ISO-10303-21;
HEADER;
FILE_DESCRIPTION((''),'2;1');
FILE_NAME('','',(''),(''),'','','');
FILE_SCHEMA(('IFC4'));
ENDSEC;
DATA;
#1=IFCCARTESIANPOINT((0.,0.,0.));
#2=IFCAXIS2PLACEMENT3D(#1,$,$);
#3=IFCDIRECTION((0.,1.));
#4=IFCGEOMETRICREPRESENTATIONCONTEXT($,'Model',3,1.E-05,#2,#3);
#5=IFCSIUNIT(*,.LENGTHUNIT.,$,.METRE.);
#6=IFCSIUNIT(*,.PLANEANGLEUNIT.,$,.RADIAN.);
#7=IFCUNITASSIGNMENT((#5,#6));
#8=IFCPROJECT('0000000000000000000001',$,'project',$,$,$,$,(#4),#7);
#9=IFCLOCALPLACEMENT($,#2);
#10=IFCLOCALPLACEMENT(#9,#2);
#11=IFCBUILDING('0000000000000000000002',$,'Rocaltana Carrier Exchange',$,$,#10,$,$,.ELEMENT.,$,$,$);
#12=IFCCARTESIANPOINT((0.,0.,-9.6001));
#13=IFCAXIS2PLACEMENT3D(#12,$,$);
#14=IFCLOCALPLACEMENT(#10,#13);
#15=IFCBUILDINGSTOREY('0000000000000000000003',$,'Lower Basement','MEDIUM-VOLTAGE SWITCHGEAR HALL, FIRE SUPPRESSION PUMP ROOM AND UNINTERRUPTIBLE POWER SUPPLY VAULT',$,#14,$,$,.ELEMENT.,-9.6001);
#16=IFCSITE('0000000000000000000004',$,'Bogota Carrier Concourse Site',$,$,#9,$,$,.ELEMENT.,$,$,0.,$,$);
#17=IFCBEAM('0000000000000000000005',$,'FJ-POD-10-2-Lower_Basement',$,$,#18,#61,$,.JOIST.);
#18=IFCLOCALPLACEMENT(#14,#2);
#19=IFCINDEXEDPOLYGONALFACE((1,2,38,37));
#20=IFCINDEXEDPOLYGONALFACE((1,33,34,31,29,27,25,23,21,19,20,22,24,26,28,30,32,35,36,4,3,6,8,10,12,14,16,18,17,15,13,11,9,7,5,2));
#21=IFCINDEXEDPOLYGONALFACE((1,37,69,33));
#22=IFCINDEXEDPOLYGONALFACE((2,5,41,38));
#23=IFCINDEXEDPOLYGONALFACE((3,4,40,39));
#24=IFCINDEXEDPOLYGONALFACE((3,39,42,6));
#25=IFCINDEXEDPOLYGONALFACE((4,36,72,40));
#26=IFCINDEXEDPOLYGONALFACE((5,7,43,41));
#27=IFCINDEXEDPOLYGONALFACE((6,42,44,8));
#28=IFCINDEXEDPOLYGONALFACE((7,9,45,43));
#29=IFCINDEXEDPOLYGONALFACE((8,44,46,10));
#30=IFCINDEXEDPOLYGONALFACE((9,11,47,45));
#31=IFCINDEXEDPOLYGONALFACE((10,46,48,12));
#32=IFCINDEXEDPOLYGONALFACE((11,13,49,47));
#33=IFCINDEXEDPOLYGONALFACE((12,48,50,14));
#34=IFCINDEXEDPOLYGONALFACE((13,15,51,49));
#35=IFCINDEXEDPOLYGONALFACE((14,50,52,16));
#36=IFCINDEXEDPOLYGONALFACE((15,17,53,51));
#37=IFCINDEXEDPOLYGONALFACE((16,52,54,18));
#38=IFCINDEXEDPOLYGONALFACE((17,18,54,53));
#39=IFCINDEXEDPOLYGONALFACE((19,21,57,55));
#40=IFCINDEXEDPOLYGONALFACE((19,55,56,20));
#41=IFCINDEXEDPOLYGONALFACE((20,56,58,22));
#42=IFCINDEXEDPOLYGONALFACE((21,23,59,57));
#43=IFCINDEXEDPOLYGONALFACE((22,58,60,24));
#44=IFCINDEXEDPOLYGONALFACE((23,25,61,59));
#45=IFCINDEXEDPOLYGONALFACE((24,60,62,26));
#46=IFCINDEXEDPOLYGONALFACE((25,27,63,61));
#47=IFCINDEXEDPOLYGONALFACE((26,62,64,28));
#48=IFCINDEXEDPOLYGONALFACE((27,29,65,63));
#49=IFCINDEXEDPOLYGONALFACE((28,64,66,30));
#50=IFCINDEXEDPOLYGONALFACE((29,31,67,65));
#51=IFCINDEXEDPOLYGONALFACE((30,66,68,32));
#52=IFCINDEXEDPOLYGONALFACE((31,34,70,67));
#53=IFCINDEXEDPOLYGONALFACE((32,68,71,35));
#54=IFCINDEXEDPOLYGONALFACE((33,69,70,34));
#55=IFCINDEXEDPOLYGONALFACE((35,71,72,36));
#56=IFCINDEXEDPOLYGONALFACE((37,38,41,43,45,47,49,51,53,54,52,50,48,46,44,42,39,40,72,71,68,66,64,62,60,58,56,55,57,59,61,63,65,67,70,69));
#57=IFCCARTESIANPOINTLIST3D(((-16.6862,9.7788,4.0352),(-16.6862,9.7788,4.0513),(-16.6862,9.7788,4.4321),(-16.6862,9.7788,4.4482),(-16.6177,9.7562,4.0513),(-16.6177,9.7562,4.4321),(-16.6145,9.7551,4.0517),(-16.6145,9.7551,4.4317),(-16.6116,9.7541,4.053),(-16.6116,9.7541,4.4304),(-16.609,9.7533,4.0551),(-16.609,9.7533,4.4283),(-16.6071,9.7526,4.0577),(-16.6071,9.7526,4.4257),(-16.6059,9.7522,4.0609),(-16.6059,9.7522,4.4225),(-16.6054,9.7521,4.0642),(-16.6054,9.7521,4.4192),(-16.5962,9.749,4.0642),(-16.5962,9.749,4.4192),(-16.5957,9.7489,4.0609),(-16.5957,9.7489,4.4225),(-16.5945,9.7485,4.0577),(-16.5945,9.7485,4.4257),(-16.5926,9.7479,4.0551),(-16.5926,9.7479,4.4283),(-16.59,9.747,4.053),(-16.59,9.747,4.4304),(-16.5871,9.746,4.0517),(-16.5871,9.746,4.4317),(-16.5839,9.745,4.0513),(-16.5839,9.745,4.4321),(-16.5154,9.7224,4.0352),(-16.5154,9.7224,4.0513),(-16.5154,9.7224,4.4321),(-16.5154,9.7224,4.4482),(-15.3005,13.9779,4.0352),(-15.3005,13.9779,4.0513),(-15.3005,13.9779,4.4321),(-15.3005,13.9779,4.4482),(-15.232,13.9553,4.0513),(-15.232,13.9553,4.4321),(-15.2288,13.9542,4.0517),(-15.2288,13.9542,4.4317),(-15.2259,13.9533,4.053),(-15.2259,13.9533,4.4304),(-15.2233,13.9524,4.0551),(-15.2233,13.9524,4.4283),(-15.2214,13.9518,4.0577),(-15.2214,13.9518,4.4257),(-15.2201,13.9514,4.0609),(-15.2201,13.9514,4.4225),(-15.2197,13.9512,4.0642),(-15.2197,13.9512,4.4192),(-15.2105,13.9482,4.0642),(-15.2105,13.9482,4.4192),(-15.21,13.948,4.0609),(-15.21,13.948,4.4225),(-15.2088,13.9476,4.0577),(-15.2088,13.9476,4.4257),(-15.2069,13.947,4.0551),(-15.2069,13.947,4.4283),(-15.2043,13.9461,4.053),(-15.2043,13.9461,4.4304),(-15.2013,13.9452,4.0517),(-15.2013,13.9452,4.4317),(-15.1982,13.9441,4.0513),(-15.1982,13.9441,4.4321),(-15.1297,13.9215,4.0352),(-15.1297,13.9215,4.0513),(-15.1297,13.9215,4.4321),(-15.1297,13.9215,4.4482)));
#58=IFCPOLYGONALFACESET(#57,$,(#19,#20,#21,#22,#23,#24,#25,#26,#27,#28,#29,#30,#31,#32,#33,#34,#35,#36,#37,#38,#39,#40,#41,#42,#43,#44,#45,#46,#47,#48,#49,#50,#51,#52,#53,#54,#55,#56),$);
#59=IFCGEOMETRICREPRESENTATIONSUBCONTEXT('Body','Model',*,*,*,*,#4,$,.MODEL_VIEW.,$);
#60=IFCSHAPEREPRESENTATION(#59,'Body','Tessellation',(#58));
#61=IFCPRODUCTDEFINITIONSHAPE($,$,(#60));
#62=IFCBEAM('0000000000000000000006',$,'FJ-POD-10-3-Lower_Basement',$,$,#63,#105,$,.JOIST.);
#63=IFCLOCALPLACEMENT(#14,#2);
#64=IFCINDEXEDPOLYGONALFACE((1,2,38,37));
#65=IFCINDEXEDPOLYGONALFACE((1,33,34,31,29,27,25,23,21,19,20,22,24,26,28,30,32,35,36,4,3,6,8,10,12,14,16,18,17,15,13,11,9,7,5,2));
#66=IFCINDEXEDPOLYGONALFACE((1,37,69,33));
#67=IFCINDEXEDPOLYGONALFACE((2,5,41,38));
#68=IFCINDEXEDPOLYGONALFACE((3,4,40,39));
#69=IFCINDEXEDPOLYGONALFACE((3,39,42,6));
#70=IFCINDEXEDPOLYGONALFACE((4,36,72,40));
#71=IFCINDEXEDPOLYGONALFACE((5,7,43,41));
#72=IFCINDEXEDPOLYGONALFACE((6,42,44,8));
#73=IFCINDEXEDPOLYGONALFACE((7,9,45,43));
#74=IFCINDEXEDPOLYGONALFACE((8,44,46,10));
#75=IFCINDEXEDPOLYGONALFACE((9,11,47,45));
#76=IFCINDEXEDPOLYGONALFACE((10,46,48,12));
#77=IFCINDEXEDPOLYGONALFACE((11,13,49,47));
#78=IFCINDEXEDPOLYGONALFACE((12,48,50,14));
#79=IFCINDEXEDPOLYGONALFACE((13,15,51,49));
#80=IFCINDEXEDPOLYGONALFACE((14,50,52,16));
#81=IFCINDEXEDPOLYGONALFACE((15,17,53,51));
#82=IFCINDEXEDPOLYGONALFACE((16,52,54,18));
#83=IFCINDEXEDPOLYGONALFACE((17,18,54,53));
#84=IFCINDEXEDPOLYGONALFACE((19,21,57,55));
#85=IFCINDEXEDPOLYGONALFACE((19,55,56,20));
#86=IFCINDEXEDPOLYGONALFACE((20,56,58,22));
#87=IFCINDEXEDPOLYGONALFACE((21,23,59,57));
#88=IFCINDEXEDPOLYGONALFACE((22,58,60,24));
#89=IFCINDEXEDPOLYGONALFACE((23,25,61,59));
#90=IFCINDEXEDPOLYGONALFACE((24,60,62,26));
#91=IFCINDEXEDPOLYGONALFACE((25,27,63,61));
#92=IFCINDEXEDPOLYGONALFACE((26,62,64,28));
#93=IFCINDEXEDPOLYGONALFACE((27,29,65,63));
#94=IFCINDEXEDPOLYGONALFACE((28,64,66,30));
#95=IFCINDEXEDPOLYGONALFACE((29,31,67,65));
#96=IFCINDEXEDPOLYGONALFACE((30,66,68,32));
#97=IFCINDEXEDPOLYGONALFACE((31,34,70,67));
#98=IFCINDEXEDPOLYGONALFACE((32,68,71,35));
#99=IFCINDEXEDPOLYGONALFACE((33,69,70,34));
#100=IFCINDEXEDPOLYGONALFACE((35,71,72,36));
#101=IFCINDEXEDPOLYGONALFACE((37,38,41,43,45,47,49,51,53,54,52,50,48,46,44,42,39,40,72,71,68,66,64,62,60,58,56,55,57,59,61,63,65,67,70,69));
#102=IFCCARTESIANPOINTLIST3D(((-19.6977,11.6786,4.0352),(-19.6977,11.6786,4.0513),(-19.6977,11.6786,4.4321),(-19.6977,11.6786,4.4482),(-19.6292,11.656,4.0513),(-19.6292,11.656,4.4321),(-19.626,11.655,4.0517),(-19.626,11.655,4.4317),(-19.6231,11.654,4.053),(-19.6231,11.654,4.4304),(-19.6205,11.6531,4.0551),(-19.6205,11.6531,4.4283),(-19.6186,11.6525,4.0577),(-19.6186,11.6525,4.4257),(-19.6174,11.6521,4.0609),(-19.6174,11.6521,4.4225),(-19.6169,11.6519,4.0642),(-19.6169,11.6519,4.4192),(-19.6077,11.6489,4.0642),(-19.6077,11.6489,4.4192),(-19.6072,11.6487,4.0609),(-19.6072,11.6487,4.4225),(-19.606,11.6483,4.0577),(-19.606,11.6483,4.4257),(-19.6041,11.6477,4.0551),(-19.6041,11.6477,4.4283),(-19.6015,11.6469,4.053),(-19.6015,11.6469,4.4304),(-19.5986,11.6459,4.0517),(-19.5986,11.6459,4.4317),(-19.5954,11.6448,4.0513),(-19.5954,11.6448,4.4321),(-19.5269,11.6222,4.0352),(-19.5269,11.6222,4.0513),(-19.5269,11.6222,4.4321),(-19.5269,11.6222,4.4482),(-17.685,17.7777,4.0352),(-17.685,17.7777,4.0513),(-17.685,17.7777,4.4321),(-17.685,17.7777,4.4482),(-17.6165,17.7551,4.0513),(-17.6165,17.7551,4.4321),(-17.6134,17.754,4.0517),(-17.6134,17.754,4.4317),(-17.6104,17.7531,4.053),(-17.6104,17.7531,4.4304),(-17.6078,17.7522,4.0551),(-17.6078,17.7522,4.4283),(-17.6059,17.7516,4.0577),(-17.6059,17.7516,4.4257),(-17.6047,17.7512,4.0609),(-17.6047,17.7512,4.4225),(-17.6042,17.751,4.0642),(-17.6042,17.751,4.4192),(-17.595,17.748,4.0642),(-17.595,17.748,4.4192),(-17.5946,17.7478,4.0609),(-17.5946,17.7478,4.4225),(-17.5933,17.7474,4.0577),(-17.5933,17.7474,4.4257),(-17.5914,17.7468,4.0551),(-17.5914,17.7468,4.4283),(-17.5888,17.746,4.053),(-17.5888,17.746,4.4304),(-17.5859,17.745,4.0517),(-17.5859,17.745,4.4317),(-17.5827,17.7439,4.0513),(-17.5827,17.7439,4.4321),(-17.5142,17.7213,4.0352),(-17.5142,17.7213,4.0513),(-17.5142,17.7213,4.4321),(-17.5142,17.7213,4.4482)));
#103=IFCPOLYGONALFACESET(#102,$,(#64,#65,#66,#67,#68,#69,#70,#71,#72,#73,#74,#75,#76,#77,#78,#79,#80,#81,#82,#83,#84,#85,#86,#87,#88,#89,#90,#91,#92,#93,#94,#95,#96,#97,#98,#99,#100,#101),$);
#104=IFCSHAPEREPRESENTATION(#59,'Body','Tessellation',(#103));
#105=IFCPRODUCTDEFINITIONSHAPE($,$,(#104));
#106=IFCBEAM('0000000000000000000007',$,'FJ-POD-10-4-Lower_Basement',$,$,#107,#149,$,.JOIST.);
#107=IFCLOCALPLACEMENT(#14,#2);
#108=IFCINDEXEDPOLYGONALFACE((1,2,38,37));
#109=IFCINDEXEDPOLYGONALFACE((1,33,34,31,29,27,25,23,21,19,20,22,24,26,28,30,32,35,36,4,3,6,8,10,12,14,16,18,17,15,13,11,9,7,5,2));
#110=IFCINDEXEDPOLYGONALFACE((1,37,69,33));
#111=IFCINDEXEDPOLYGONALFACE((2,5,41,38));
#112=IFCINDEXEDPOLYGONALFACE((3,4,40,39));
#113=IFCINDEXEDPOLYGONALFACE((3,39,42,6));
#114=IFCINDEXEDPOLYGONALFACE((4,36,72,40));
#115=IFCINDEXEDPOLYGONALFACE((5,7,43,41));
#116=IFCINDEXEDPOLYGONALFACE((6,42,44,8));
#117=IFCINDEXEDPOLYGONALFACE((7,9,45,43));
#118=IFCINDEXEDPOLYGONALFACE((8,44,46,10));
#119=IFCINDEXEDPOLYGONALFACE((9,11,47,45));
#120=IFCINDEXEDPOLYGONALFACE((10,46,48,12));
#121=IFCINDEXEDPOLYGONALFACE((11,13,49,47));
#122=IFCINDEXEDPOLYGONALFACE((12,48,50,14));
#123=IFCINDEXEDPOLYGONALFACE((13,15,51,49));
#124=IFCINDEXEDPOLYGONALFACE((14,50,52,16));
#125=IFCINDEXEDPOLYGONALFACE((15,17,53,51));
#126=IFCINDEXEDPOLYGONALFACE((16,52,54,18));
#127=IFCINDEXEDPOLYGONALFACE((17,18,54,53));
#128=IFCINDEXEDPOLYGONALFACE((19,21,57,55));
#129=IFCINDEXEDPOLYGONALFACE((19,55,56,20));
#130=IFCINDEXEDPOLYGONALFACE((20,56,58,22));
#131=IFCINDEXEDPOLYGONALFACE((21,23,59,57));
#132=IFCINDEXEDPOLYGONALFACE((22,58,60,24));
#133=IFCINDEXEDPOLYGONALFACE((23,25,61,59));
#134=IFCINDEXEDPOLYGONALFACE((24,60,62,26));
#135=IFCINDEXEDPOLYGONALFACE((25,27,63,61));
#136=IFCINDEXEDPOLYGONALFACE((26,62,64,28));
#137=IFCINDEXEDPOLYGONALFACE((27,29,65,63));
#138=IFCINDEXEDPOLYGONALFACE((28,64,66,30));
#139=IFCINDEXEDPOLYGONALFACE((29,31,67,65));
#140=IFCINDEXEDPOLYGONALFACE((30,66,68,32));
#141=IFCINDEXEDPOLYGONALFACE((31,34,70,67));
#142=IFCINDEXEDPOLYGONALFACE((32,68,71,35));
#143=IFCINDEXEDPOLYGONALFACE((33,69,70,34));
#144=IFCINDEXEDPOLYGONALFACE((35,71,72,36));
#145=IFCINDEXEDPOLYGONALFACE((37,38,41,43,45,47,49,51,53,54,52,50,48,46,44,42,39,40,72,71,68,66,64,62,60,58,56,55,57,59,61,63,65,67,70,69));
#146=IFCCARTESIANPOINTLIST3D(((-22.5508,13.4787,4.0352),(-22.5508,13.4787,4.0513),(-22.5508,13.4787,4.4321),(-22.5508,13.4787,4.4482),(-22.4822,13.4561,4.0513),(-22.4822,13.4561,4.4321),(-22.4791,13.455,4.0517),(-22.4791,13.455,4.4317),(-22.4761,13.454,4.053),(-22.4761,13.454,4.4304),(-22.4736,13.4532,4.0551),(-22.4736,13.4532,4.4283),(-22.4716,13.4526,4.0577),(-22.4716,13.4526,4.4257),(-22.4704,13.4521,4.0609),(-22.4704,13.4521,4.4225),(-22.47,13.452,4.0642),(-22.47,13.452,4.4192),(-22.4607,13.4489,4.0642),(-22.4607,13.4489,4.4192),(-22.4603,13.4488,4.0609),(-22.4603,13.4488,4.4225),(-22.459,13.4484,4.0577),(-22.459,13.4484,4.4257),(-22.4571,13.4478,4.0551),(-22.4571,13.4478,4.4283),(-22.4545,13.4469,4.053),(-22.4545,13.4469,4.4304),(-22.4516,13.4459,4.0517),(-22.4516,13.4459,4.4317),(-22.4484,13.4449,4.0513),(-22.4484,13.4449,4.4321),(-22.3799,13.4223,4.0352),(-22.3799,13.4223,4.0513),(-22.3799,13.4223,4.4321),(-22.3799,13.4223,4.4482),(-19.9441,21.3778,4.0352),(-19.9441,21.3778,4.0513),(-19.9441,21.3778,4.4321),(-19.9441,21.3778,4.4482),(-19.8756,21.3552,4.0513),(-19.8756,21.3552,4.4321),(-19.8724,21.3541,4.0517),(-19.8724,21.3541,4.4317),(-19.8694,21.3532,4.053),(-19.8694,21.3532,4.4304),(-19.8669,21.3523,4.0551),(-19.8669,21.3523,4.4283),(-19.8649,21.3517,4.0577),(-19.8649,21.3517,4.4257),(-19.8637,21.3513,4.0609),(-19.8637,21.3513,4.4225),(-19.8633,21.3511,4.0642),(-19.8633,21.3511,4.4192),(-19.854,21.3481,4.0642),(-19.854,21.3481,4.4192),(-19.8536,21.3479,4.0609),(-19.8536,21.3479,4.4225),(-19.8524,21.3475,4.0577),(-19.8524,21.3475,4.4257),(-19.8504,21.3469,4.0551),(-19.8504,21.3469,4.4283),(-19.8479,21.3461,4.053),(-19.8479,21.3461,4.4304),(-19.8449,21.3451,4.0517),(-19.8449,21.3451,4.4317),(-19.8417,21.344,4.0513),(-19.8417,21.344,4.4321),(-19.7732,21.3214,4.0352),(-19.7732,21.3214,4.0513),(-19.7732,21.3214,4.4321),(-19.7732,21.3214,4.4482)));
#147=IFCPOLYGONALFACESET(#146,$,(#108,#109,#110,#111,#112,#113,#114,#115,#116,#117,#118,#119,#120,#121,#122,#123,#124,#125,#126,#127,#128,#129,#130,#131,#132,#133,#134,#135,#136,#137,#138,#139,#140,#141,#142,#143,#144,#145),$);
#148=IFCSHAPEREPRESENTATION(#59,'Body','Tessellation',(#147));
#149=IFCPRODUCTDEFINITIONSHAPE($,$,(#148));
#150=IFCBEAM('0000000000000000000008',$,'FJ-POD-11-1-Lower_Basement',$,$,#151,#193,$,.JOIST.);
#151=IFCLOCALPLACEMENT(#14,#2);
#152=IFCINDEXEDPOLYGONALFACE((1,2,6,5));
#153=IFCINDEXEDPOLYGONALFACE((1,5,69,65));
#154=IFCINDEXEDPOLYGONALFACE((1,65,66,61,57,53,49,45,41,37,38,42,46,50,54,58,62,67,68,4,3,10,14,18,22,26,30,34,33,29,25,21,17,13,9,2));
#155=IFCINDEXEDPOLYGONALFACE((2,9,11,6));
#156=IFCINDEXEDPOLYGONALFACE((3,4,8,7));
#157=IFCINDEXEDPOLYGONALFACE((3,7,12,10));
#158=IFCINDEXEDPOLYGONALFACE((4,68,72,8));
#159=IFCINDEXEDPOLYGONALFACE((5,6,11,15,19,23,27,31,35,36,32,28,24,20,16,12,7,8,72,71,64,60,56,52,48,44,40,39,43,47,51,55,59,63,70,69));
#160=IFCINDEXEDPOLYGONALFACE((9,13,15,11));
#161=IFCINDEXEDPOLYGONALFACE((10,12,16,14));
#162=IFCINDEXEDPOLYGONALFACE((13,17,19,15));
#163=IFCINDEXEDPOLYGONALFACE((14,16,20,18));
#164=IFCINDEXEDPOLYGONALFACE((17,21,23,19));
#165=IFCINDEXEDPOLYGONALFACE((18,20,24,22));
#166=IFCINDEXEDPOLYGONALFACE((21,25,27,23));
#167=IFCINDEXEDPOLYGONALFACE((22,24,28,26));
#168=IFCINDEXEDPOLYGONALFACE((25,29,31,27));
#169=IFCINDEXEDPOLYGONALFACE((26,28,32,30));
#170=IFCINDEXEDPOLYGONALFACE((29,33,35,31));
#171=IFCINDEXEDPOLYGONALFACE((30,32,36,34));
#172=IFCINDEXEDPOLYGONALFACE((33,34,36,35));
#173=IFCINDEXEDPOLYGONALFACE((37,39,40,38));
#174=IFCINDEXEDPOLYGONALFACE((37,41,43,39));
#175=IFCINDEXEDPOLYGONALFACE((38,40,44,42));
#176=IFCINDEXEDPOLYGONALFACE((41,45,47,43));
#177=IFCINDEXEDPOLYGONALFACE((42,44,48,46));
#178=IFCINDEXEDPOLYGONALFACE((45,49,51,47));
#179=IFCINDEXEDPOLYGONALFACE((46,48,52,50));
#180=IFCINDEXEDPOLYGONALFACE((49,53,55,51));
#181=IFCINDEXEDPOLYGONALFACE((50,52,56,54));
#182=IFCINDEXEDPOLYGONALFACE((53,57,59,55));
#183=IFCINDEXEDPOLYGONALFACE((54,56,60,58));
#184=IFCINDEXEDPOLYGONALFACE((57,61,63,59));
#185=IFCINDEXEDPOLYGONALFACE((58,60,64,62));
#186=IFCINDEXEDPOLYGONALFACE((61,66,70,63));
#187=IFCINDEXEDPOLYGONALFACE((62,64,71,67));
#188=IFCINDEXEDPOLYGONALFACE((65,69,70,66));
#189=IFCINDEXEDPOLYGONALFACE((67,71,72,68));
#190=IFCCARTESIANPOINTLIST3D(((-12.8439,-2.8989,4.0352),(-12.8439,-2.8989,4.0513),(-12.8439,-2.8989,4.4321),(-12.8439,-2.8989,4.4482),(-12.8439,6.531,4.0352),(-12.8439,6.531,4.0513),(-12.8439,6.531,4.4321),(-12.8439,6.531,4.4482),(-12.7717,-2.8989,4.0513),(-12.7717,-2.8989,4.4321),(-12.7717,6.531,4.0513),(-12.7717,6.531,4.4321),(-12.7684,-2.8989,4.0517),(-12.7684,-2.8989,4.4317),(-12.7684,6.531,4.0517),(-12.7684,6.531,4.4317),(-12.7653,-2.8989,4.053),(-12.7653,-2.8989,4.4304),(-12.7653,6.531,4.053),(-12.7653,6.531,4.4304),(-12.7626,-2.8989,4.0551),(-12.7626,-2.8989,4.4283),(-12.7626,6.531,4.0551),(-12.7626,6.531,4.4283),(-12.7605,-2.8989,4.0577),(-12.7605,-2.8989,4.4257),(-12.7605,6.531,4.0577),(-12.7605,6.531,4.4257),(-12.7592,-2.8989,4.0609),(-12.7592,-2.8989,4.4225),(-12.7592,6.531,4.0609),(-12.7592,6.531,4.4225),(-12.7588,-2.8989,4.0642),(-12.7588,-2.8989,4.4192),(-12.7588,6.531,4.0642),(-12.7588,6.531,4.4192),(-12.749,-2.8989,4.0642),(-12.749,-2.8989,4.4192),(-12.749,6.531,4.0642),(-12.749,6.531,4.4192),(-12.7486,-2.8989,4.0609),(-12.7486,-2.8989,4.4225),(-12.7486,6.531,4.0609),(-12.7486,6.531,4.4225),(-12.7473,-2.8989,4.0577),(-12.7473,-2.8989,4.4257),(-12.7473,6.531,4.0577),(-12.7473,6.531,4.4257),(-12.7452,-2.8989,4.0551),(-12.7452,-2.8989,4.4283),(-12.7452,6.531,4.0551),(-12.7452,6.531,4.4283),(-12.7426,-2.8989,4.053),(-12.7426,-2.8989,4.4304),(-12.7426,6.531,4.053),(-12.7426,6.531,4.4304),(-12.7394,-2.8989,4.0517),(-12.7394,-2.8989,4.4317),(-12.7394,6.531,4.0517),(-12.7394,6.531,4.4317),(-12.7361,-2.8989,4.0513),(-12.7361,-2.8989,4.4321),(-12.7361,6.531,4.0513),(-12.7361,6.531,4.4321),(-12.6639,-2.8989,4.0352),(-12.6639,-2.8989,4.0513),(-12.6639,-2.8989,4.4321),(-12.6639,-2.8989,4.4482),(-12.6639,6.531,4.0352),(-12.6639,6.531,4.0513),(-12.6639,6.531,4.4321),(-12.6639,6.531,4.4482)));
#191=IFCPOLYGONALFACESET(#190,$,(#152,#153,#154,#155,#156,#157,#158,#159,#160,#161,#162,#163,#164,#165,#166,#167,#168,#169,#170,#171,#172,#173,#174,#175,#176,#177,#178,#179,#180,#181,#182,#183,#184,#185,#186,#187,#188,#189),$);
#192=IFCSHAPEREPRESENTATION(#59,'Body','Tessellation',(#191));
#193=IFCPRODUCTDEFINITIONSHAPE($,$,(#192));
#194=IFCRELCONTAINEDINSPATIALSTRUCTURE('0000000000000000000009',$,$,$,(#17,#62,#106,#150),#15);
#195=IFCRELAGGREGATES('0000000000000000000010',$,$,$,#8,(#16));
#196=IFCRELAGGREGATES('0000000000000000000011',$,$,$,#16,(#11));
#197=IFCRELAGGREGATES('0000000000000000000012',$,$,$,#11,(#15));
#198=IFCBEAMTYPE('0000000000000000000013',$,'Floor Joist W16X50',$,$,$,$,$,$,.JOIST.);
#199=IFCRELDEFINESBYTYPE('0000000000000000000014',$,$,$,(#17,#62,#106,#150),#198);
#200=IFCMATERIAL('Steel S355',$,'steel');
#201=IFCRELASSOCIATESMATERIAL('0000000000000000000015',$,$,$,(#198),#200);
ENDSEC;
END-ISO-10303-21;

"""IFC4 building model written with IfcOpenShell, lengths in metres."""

from ifc_helpers import new_model, si_unit, direction, frame, origin, origin_2d, place, context, subcontext, project, spatial, i_section, extrude, material, material_profile, profile_set, type_object, element, save


model = new_model("IFC4")

# Units and contexts
model_context = context("Model", 3, precision=1e-05, world=origin(), true_north=direction((0.0, 1.0)))
body_context = subcontext(model_context, "Body", "Model", "MODEL_VIEW")
ifc_project = project(units=[si_unit("LENGTHUNIT", "METRE"), si_unit("PLANEANGLEUNIT", "RADIAN")], contexts=[model_context])

# Site, building, storey
site_placement = place(None, origin())
site = spatial("IfcSite", under=ifc_project, at=site_placement, Name="Bogota Carrier Concourse Site", CompositionType="ELEMENT", RefElevation=0.0)
building_placement = place(site_placement, origin())
building = spatial("IfcBuilding", under=site, at=building_placement, Name="Rocaltana Carrier Exchange", CompositionType="ELEMENT")
storey_placement = place(building_placement, frame((0.0, 0.0, -9.6001)))
storey = spatial("IfcBuildingStorey", under=building, at=storey_placement, Name="Lower Basement", Description="MEDIUM-VOLTAGE SWITCHGEAR HALL, FIRE SUPPRESSION PUMP ROOM AND UNINTERRUPTIBLE POWER SUPPLY VAULT", CompositionType="ELEMENT", Elevation=-9.6001)

# Beams
ifc_material_1 = material(Name="Steel S355", Category="steel")
ifc_material_profile_1 = material_profile(ifc_material_1, i_section(OverallWidth=0.1799, OverallDepth=0.4131, WebThickness=0.0098, FlangeThickness=0.0161, FilletRadius=0.0129, at=origin_2d()), Name="W16X50")
ifc_profile_set_1 = profile_set([ifc_material_profile_1], Name="Steel S355")
beam_type_1 = type_object("IfcBeamType", Name="Floor Joist W16X50", PredefinedType="JOIST", material=ifc_profile_set_1)
beam_1_placement = place(storey_placement, frame((-15.2151, 13.9497, 4.2417), z_axis=(-0.313377, -0.949629, 0.0), x_axis=(0.949629, -0.313377, 0.0)))
element("IfcBeam", 1, at=beam_1_placement, inside=storey, type_object=beam_type_1, Name="FJ-POD-10-2-Lower_Basement", PredefinedType="JOIST", context=body_context, shape_type="SweptSolid", body=[
    extrude(i_section(OverallWidth=0.1799, OverallDepth=0.4131, WebThickness=0.0098, FlangeThickness=0.0161, FilletRadius=0.0129, at=origin_2d()), origin(), (0.0, 0.0, 1.0), 4.4219),
])
beam_2_placement = place(storey_placement, frame((-17.5996, 17.7495, 4.2417), z_axis=(-0.313375, -0.949629, 0.0), x_axis=(0.949629, -0.313375, 0.0)))
element("IfcBeam", 2, at=beam_2_placement, inside=storey, type_object=beam_type_1, Name="FJ-POD-10-3-Lower_Basement", PredefinedType="JOIST", context=body_context, shape_type="SweptSolid", body=[
    extrude(i_section(OverallWidth=0.1799, OverallDepth=0.4131, WebThickness=0.0098, FlangeThickness=0.0161, FilletRadius=0.0129, at=origin_2d()), origin(), (0.0, 0.0, 1.0), 6.4226),
])
beam_3_placement = place(storey_placement, frame((-19.8586, 21.3496, 4.2417), z_axis=(-0.313373, -0.94963, 0.0), x_axis=(0.94963, -0.313373, 0.0)))
element("IfcBeam", 3, at=beam_3_placement, inside=storey, type_object=beam_type_1, Name="FJ-POD-10-4-Lower_Basement", PredefinedType="JOIST", context=body_context, shape_type="SweptSolid", body=[
    extrude(i_section(OverallWidth=0.1799, OverallDepth=0.4131, WebThickness=0.0098, FlangeThickness=0.0161, FilletRadius=0.0129, at=origin_2d()), origin(), (0.0, 0.0, 1.0), 8.3181),
])
beam_4_placement = place(storey_placement, frame((-12.7539, 6.531, 4.2417), z_axis=(0.0, -1.0, 0.0), x_axis=(1.0, 0.0, 0.0)))
element("IfcBeam", 4, at=beam_4_placement, inside=storey, type_object=beam_type_1, Name="FJ-POD-11-1-Lower_Basement", PredefinedType="JOIST", context=body_context, shape_type="SweptSolid", body=[
    extrude(i_section(OverallWidth=0.1799, OverallDepth=0.4131, WebThickness=0.0098, FlangeThickness=0.0161, FilletRadius=0.0129, at=origin_2d()), origin(), (0.0, 0.0, 1.0), 9.4299),
])

save(model, "model.ifc")
